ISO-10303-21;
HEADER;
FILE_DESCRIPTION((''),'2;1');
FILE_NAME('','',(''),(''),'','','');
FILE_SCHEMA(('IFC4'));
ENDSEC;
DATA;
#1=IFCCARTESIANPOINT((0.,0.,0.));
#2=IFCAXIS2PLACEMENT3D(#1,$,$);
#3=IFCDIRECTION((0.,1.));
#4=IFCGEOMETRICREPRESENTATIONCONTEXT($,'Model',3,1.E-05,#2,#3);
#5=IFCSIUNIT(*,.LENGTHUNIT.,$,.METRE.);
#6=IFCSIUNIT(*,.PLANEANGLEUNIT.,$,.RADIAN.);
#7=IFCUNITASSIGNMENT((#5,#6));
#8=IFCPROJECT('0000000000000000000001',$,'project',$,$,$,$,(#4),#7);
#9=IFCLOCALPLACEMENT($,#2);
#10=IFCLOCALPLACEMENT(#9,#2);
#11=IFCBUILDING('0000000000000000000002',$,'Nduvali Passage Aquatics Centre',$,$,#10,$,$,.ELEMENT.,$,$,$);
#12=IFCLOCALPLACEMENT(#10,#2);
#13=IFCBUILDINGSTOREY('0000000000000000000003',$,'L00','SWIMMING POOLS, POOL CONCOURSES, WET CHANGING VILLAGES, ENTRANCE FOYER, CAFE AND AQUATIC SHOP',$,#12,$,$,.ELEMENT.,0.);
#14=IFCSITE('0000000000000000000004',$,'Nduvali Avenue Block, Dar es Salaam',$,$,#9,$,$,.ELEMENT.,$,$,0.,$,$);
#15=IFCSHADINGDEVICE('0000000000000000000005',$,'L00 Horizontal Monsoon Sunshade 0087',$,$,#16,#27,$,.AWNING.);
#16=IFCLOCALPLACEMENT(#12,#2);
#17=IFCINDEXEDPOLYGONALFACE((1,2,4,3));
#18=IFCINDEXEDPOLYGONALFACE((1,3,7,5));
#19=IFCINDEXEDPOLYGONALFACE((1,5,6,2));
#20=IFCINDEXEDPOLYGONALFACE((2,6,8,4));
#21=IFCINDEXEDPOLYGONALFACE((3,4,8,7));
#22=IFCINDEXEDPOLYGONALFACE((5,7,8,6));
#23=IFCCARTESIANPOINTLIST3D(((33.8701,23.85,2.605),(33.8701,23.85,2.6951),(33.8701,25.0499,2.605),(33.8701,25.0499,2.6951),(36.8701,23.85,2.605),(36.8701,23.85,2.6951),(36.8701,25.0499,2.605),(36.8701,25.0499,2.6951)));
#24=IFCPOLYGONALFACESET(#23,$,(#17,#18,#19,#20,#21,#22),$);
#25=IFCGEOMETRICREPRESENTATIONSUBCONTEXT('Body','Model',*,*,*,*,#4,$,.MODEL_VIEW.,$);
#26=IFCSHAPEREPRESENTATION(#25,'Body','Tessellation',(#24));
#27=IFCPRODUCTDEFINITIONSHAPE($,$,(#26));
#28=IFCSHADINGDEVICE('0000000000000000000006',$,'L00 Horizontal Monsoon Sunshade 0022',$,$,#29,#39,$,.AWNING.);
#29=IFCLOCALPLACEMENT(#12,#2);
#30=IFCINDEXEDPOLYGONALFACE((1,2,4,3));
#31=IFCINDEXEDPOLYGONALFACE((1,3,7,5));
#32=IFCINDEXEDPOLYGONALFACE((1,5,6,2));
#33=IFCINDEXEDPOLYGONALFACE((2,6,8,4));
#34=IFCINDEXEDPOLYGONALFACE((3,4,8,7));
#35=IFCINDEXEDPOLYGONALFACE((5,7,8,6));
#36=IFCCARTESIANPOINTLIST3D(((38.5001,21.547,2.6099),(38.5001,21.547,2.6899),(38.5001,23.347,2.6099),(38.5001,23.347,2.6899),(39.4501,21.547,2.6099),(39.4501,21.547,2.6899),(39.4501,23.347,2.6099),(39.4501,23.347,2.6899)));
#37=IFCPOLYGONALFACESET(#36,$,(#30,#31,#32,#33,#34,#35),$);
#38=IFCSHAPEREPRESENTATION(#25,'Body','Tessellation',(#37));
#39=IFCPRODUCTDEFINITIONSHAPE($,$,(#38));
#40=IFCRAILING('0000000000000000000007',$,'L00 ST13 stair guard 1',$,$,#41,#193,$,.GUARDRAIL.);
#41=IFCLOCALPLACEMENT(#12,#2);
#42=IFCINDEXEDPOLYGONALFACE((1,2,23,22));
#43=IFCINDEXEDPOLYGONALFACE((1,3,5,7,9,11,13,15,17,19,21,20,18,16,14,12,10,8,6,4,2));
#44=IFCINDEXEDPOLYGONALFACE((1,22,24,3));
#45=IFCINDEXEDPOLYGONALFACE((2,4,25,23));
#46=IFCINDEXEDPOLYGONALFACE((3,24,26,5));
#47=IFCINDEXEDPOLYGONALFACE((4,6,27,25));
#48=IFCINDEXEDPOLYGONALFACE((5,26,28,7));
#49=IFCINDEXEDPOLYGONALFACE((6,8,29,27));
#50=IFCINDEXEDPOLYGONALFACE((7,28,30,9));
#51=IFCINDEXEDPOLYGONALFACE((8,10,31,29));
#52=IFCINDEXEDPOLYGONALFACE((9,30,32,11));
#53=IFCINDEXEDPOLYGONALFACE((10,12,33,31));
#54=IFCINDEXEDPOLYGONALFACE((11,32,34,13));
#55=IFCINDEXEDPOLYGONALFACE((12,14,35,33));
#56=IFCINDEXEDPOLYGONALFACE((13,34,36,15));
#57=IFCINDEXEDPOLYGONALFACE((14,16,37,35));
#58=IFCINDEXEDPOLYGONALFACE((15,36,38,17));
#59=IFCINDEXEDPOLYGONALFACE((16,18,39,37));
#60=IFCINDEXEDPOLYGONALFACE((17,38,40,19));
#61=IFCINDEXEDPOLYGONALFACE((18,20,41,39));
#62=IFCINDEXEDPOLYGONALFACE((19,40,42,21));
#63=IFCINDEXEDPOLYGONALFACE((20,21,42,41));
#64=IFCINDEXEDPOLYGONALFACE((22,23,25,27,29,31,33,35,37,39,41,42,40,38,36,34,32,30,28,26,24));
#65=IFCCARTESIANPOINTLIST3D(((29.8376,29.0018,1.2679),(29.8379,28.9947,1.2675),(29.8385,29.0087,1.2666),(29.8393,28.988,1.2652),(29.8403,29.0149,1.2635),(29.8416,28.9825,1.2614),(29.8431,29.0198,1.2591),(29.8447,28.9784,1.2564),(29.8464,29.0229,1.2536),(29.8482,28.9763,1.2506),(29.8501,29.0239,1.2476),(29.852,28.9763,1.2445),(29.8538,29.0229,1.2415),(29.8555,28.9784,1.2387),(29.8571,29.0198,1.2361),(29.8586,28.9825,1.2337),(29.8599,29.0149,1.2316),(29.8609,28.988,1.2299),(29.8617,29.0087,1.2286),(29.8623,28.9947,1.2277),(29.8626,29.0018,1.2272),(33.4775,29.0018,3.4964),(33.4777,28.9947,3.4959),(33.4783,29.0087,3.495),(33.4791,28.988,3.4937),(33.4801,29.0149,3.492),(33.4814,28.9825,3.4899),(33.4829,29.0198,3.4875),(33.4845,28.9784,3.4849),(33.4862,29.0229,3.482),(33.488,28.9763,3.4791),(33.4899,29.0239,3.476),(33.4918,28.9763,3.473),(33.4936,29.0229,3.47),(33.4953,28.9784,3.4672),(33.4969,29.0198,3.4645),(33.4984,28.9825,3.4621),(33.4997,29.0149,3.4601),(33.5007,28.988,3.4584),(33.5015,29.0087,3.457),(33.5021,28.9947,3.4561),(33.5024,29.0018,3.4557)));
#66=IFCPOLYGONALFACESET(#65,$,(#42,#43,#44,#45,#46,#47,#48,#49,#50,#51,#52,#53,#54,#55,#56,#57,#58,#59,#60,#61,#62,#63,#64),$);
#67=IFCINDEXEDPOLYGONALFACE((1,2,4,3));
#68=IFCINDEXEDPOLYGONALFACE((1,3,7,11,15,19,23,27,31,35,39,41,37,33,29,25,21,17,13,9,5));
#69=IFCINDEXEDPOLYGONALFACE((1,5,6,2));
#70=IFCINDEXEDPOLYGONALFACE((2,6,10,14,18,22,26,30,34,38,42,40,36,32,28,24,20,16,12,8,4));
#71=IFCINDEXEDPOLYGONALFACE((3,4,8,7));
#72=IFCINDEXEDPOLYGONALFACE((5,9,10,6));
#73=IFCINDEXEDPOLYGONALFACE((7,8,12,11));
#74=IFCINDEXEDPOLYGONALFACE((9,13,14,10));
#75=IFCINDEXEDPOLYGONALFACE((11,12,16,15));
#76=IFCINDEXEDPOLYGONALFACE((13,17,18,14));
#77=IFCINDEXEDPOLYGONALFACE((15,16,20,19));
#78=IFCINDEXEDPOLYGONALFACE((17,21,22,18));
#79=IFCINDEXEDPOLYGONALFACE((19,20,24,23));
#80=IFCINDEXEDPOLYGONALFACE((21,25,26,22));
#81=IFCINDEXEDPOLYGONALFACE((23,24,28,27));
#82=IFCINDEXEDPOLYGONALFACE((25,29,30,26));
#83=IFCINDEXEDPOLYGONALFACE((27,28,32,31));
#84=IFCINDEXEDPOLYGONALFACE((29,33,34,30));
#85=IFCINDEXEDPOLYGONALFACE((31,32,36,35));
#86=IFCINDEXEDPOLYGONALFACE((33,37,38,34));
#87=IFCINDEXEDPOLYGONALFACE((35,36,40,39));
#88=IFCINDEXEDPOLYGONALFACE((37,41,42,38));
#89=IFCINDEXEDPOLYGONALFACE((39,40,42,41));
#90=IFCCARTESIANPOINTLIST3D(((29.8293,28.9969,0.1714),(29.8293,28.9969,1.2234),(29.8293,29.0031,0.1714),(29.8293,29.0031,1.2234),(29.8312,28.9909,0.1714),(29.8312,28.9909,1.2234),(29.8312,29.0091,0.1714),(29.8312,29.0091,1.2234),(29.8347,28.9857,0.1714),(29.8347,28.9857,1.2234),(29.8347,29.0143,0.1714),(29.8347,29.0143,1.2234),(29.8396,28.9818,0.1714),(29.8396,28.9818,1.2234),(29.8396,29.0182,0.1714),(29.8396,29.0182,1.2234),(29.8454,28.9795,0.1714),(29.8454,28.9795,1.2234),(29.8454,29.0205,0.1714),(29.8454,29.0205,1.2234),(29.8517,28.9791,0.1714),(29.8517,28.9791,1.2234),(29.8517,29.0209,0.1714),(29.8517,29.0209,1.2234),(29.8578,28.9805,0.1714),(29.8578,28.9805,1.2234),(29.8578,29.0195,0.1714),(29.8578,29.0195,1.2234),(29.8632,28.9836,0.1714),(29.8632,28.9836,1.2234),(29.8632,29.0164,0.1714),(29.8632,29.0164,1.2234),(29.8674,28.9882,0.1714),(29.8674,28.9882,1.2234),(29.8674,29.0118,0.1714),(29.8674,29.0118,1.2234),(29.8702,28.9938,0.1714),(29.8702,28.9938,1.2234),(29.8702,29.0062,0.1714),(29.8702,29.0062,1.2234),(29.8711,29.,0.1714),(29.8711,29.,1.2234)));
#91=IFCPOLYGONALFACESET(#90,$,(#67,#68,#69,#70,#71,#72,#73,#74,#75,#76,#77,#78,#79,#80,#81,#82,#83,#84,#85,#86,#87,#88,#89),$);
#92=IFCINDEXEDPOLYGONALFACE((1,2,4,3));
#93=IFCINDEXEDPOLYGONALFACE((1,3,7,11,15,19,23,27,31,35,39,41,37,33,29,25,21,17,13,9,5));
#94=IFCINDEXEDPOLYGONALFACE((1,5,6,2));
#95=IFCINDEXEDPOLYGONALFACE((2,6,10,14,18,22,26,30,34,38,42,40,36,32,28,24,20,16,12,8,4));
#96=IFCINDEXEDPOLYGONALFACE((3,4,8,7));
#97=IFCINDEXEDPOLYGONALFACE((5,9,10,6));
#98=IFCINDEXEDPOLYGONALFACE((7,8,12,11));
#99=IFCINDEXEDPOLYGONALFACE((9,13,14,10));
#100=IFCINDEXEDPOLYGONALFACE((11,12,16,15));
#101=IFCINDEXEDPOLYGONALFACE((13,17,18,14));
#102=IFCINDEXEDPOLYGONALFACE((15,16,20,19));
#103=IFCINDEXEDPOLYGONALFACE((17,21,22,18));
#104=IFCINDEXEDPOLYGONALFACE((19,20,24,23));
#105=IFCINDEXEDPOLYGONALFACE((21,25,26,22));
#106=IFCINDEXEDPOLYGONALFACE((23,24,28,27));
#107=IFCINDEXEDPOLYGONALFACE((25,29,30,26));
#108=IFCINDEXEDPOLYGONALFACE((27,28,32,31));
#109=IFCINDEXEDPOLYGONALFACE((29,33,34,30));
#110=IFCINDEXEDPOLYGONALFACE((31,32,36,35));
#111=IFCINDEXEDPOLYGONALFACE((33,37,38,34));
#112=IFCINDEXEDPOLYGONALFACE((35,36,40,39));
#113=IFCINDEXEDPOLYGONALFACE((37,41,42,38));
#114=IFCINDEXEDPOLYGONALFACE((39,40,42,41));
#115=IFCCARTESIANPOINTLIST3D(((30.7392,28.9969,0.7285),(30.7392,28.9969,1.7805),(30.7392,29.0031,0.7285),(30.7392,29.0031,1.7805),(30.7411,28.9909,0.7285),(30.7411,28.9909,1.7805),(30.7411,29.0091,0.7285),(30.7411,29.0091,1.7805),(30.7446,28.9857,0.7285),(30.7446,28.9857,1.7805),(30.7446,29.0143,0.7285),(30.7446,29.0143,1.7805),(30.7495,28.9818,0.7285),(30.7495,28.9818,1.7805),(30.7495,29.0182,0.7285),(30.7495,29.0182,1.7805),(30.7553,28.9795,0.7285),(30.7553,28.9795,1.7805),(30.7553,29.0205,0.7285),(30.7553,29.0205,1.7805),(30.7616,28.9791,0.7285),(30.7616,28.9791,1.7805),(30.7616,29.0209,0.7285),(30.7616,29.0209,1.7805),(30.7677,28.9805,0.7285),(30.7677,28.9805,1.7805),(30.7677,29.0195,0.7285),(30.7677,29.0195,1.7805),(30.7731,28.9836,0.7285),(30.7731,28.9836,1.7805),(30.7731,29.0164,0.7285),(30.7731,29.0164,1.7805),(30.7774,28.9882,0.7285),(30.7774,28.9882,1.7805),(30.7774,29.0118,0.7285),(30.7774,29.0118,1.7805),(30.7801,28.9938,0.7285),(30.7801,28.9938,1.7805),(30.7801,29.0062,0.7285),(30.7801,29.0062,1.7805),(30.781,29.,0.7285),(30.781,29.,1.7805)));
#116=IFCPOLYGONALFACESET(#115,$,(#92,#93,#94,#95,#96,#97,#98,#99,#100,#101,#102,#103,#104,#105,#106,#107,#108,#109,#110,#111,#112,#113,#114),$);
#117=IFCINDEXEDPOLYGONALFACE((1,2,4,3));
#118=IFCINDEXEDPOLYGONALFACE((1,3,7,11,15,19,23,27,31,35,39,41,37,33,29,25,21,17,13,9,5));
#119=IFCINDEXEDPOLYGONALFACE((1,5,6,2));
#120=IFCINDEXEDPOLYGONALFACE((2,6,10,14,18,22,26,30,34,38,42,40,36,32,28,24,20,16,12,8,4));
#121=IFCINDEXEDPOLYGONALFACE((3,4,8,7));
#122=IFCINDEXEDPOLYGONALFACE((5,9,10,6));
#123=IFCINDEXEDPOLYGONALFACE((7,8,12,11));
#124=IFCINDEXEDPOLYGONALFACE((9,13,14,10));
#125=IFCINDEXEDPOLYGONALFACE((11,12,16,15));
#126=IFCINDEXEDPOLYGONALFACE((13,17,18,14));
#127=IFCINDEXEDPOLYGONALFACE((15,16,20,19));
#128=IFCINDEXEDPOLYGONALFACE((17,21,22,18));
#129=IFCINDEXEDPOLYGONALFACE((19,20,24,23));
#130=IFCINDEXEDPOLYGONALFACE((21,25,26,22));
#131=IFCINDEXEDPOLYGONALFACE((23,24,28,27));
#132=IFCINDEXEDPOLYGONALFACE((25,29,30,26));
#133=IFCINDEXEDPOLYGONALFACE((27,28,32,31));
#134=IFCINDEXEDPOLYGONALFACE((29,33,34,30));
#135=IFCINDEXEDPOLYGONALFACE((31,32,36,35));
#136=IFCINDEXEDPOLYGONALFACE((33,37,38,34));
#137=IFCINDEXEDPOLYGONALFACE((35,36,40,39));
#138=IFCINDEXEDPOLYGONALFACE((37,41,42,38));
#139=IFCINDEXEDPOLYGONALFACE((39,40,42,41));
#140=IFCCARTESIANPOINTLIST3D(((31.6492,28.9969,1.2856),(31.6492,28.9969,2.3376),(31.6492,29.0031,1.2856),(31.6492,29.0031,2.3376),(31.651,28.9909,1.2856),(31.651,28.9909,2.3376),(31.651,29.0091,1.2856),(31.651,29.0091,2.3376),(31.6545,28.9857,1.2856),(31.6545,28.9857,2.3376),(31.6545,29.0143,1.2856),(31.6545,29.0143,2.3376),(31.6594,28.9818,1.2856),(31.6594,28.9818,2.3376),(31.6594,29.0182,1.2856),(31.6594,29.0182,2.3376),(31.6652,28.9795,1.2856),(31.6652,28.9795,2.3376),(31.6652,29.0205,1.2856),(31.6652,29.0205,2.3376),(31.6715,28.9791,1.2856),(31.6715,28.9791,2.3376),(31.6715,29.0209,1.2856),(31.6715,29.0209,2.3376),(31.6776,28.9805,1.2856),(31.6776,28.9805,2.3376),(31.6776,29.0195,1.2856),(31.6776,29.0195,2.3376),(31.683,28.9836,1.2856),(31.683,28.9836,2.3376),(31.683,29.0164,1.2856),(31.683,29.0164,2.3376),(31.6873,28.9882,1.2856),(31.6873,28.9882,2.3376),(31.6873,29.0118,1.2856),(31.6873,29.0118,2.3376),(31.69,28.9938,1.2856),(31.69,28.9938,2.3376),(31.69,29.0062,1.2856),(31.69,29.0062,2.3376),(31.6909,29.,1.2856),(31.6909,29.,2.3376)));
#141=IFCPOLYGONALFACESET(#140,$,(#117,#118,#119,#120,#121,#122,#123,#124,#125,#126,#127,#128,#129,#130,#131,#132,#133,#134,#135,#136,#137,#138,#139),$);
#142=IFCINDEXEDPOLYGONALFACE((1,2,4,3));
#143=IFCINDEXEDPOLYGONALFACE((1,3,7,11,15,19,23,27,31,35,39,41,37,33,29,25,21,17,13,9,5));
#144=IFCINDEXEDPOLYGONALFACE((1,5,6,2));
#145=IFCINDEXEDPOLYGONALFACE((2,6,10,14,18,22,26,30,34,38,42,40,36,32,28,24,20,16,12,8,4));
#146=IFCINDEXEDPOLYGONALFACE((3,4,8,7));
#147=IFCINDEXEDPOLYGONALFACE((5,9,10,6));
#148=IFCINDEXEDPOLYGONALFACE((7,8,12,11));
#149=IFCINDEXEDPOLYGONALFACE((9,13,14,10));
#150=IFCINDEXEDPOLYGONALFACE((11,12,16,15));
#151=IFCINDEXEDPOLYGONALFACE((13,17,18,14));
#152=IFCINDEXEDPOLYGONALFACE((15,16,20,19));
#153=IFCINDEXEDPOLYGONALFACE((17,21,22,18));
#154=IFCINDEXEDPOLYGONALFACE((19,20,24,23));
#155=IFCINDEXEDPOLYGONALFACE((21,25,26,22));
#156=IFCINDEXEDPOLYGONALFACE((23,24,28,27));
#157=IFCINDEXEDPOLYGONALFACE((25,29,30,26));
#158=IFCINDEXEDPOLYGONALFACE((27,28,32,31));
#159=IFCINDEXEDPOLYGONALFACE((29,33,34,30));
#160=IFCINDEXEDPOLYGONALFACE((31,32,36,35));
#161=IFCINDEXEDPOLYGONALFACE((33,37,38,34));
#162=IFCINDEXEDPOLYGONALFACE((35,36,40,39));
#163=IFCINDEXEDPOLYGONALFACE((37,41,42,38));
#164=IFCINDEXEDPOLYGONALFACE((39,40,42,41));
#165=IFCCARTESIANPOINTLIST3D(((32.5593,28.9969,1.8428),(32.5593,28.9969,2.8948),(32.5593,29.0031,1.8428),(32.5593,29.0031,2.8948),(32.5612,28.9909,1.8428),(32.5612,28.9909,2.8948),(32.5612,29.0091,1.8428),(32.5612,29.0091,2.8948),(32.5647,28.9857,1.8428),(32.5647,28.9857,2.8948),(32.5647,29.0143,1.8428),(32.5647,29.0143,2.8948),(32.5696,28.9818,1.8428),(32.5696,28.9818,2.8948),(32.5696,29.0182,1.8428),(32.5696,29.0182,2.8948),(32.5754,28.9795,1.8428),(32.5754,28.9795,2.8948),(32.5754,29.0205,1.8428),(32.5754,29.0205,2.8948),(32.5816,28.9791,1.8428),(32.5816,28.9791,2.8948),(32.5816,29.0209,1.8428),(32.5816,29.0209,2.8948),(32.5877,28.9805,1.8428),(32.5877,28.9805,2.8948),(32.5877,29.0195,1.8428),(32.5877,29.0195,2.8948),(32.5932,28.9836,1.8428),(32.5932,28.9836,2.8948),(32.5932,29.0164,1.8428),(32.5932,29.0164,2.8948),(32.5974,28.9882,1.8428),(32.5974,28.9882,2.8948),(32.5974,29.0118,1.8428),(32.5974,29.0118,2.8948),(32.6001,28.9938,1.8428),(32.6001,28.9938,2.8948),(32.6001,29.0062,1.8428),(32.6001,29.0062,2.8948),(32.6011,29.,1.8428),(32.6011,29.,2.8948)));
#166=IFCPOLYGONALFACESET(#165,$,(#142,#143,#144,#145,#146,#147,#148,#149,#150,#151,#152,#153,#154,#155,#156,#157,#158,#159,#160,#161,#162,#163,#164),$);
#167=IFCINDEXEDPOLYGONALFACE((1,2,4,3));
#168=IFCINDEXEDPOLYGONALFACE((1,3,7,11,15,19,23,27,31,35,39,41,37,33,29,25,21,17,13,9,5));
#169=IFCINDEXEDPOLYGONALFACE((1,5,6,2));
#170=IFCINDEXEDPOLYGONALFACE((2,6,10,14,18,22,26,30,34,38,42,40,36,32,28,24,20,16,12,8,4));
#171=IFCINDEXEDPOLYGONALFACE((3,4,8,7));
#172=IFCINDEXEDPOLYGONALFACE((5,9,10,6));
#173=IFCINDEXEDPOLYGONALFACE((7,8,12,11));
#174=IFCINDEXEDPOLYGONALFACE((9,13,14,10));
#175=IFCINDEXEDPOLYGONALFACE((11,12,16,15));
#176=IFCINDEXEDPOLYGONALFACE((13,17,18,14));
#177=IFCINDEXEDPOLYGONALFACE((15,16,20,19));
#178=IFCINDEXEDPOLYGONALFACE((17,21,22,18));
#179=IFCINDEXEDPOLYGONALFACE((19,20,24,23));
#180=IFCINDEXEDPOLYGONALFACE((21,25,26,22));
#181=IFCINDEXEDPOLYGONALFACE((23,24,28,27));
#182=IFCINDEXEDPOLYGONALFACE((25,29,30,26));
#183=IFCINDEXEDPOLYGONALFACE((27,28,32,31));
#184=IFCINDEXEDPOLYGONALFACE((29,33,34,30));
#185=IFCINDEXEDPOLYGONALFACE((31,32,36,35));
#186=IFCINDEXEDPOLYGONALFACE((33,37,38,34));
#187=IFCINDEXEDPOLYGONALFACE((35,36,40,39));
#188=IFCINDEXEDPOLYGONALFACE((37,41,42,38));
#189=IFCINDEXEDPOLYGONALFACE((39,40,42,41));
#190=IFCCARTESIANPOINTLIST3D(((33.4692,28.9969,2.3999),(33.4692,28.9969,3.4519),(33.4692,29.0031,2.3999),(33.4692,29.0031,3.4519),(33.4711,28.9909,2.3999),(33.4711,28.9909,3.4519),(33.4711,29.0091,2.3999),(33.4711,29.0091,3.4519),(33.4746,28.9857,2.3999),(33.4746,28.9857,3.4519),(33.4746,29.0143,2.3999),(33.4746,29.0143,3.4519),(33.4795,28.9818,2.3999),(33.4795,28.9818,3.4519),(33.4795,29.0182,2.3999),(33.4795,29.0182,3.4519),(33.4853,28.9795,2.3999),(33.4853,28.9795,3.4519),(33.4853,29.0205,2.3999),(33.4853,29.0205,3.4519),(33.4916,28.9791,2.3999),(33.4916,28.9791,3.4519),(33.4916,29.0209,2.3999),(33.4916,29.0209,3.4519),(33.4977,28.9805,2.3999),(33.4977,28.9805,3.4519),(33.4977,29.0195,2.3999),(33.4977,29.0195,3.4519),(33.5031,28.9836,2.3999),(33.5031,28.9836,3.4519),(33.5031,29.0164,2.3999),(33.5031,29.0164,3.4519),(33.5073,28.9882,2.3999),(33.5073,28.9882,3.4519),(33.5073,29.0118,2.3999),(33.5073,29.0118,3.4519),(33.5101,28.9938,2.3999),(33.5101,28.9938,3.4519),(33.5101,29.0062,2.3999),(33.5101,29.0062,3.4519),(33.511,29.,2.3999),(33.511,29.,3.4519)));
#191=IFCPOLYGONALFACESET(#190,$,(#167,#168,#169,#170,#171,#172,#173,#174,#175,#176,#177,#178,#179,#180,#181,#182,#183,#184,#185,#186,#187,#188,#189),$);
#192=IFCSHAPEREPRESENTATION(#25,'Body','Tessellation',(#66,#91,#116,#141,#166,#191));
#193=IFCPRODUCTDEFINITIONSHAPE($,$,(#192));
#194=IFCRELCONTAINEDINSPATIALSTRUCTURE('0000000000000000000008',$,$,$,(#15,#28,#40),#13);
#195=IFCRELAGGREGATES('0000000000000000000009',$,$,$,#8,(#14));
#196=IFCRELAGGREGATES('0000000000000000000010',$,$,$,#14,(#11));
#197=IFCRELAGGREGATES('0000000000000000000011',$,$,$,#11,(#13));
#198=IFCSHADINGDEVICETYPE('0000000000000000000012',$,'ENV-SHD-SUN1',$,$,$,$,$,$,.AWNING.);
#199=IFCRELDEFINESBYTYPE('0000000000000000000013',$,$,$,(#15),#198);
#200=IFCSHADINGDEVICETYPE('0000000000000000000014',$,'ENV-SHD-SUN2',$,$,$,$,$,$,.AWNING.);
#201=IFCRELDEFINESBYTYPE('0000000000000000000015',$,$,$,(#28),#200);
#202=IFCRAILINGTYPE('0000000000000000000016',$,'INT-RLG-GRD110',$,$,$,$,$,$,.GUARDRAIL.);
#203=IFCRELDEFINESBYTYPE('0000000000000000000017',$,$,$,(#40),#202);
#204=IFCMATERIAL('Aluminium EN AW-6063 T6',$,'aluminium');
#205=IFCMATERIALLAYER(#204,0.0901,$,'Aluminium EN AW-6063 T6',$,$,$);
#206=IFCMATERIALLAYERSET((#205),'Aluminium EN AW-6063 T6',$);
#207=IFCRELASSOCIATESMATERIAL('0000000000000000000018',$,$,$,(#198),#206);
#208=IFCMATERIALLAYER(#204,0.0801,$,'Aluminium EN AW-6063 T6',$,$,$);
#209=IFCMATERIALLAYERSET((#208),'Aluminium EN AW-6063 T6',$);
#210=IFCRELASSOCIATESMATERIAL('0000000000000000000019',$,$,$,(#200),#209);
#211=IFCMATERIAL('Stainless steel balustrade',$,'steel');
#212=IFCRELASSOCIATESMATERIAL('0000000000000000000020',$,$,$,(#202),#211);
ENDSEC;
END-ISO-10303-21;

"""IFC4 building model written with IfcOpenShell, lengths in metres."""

from ifc_helpers import new_model, si_unit, direction, frame, origin, origin_2d, place, context, subcontext, project, spatial, rectangle, circle, extrude, material, layer, layer_set, type_object, element, save


model = new_model("IFC4")

# Units and contexts
model_context = context("Model", 3, precision=1e-05, world=origin(), true_north=direction((0.0, 1.0)))
body_context = subcontext(model_context, "Body", "Model", "MODEL_VIEW")
ifc_project = project(units=[si_unit("LENGTHUNIT", "METRE"), si_unit("PLANEANGLEUNIT", "RADIAN")], contexts=[model_context])

# Site, building, storey
site_placement = place(None, origin())
site = spatial("IfcSite", under=ifc_project, at=site_placement, Name="Nduvali Avenue Block, Dar es Salaam", CompositionType="ELEMENT", RefElevation=0.0)
building_placement = place(site_placement, origin())
building = spatial("IfcBuilding", under=site, at=building_placement, Name="Nduvali Passage Aquatics Centre", CompositionType="ELEMENT")
storey_placement = place(building_placement, origin())
storey = spatial("IfcBuildingStorey", under=building, at=storey_placement, Name="L00", Description="SWIMMING POOLS, POOL CONCOURSES, WET CHANGING VILLAGES, ENTRANCE FOYER, CAFE AND AQUATIC SHOP", CompositionType="ELEMENT", Elevation=0.0)

# Shading devices
ifc_material_1 = material(Name="Aluminium EN AW-6063 T6", Category="aluminium")
ifc_layer_1 = layer(ifc_material_1, 0.0901, Name="Aluminium EN AW-6063 T6")
ifc_layer_set_1 = layer_set([ifc_layer_1], Name="Aluminium EN AW-6063 T6")
shading_device_type_1 = type_object("IfcShadingDeviceType", Name="ENV-SHD-SUN1", PredefinedType="AWNING", material=ifc_layer_set_1)
shading_device_1_placement = place(storey_placement, frame((35.3701, 24.45, 2.605), z_axis=(0.0, 0.0, 1.0), x_axis=(1.0, 0.0, 0.0)))
element("IfcShadingDevice", 1, at=shading_device_1_placement, inside=storey, type_object=shading_device_type_1, Name="L00 Horizontal Monsoon Sunshade 0087", PredefinedType="AWNING", context=body_context, shape_type="SweptSolid", body=[
    extrude(rectangle(XDim=3.0, YDim=1.2, at=origin_2d()), origin(), (0.0, 0.0, 1.0), 0.0901),
])
ifc_layer_2 = layer(ifc_material_1, 0.0801, Name="Aluminium EN AW-6063 T6")
ifc_layer_set_2 = layer_set([ifc_layer_2], Name="Aluminium EN AW-6063 T6")
shading_device_type_2 = type_object("IfcShadingDeviceType", Name="ENV-SHD-SUN2", PredefinedType="AWNING", material=ifc_layer_set_2)
shading_device_2_placement = place(storey_placement, frame((38.9751, 22.447, 2.6099), z_axis=(0.0, 0.0, 1.0), x_axis=(0.0, -1.0, 0.0)))
element("IfcShadingDevice", 2, at=shading_device_2_placement, inside=storey, type_object=shading_device_type_2, Name="L00 Horizontal Monsoon Sunshade 0022", PredefinedType="AWNING", context=body_context, shape_type="SweptSolid", body=[
    extrude(rectangle(XDim=1.8, YDim=0.95, at=origin_2d()), origin(), (0.0, 0.0, 1.0), 0.0801),
])

# Railing
ifc_material_2 = material(Name="Stainless steel balustrade", Category="steel")
railing_type_1 = type_object("IfcRailingType", Name="INT-RLG-GRD110", PredefinedType="GUARDRAIL", material=ifc_material_2)
railing_1_placement = place(storey_placement, frame((29.8501, 29.0, 0.1714)))
element("IfcRailing", 3, at=railing_1_placement, inside=storey, type_object=railing_type_1, Name="L00 ST13 stair guard 1", PredefinedType="GUARDRAIL", context=body_context, shape_type="SweptSolid", body=[
    extrude(circle(Radius=0.0239, at=origin_2d()), frame((0.0, 0.0, 1.0762), z_axis=(0.85285, 0.0, 0.522156), x_axis=(0.0, 1.0, 0.0)), (0.0, 0.0, 1.0), 4.2678),
    extrude(circle(Radius=0.021, at=origin_2d()), origin(), (0.0, 0.0, 1.0), 1.052),
    extrude(circle(Radius=0.021, at=origin_2d()), frame((0.9099, 0.0, 0.5571)), (0.0, 0.0, 1.0), 1.052),
    extrude(circle(Radius=0.021, at=origin_2d()), frame((1.8198, 0.0, 1.1143)), (0.0, 0.0, 1.0), 1.052),
    extrude(circle(Radius=0.021, at=origin_2d()), frame((2.73, 0.0, 1.6714)), (0.0, 0.0, 1.0), 1.052),
    extrude(circle(Radius=0.021, at=origin_2d()), frame((3.6399, 0.0, 2.2285)), (0.0, 0.0, 1.0), 1.052),
])

save(model, "model.ifc")
